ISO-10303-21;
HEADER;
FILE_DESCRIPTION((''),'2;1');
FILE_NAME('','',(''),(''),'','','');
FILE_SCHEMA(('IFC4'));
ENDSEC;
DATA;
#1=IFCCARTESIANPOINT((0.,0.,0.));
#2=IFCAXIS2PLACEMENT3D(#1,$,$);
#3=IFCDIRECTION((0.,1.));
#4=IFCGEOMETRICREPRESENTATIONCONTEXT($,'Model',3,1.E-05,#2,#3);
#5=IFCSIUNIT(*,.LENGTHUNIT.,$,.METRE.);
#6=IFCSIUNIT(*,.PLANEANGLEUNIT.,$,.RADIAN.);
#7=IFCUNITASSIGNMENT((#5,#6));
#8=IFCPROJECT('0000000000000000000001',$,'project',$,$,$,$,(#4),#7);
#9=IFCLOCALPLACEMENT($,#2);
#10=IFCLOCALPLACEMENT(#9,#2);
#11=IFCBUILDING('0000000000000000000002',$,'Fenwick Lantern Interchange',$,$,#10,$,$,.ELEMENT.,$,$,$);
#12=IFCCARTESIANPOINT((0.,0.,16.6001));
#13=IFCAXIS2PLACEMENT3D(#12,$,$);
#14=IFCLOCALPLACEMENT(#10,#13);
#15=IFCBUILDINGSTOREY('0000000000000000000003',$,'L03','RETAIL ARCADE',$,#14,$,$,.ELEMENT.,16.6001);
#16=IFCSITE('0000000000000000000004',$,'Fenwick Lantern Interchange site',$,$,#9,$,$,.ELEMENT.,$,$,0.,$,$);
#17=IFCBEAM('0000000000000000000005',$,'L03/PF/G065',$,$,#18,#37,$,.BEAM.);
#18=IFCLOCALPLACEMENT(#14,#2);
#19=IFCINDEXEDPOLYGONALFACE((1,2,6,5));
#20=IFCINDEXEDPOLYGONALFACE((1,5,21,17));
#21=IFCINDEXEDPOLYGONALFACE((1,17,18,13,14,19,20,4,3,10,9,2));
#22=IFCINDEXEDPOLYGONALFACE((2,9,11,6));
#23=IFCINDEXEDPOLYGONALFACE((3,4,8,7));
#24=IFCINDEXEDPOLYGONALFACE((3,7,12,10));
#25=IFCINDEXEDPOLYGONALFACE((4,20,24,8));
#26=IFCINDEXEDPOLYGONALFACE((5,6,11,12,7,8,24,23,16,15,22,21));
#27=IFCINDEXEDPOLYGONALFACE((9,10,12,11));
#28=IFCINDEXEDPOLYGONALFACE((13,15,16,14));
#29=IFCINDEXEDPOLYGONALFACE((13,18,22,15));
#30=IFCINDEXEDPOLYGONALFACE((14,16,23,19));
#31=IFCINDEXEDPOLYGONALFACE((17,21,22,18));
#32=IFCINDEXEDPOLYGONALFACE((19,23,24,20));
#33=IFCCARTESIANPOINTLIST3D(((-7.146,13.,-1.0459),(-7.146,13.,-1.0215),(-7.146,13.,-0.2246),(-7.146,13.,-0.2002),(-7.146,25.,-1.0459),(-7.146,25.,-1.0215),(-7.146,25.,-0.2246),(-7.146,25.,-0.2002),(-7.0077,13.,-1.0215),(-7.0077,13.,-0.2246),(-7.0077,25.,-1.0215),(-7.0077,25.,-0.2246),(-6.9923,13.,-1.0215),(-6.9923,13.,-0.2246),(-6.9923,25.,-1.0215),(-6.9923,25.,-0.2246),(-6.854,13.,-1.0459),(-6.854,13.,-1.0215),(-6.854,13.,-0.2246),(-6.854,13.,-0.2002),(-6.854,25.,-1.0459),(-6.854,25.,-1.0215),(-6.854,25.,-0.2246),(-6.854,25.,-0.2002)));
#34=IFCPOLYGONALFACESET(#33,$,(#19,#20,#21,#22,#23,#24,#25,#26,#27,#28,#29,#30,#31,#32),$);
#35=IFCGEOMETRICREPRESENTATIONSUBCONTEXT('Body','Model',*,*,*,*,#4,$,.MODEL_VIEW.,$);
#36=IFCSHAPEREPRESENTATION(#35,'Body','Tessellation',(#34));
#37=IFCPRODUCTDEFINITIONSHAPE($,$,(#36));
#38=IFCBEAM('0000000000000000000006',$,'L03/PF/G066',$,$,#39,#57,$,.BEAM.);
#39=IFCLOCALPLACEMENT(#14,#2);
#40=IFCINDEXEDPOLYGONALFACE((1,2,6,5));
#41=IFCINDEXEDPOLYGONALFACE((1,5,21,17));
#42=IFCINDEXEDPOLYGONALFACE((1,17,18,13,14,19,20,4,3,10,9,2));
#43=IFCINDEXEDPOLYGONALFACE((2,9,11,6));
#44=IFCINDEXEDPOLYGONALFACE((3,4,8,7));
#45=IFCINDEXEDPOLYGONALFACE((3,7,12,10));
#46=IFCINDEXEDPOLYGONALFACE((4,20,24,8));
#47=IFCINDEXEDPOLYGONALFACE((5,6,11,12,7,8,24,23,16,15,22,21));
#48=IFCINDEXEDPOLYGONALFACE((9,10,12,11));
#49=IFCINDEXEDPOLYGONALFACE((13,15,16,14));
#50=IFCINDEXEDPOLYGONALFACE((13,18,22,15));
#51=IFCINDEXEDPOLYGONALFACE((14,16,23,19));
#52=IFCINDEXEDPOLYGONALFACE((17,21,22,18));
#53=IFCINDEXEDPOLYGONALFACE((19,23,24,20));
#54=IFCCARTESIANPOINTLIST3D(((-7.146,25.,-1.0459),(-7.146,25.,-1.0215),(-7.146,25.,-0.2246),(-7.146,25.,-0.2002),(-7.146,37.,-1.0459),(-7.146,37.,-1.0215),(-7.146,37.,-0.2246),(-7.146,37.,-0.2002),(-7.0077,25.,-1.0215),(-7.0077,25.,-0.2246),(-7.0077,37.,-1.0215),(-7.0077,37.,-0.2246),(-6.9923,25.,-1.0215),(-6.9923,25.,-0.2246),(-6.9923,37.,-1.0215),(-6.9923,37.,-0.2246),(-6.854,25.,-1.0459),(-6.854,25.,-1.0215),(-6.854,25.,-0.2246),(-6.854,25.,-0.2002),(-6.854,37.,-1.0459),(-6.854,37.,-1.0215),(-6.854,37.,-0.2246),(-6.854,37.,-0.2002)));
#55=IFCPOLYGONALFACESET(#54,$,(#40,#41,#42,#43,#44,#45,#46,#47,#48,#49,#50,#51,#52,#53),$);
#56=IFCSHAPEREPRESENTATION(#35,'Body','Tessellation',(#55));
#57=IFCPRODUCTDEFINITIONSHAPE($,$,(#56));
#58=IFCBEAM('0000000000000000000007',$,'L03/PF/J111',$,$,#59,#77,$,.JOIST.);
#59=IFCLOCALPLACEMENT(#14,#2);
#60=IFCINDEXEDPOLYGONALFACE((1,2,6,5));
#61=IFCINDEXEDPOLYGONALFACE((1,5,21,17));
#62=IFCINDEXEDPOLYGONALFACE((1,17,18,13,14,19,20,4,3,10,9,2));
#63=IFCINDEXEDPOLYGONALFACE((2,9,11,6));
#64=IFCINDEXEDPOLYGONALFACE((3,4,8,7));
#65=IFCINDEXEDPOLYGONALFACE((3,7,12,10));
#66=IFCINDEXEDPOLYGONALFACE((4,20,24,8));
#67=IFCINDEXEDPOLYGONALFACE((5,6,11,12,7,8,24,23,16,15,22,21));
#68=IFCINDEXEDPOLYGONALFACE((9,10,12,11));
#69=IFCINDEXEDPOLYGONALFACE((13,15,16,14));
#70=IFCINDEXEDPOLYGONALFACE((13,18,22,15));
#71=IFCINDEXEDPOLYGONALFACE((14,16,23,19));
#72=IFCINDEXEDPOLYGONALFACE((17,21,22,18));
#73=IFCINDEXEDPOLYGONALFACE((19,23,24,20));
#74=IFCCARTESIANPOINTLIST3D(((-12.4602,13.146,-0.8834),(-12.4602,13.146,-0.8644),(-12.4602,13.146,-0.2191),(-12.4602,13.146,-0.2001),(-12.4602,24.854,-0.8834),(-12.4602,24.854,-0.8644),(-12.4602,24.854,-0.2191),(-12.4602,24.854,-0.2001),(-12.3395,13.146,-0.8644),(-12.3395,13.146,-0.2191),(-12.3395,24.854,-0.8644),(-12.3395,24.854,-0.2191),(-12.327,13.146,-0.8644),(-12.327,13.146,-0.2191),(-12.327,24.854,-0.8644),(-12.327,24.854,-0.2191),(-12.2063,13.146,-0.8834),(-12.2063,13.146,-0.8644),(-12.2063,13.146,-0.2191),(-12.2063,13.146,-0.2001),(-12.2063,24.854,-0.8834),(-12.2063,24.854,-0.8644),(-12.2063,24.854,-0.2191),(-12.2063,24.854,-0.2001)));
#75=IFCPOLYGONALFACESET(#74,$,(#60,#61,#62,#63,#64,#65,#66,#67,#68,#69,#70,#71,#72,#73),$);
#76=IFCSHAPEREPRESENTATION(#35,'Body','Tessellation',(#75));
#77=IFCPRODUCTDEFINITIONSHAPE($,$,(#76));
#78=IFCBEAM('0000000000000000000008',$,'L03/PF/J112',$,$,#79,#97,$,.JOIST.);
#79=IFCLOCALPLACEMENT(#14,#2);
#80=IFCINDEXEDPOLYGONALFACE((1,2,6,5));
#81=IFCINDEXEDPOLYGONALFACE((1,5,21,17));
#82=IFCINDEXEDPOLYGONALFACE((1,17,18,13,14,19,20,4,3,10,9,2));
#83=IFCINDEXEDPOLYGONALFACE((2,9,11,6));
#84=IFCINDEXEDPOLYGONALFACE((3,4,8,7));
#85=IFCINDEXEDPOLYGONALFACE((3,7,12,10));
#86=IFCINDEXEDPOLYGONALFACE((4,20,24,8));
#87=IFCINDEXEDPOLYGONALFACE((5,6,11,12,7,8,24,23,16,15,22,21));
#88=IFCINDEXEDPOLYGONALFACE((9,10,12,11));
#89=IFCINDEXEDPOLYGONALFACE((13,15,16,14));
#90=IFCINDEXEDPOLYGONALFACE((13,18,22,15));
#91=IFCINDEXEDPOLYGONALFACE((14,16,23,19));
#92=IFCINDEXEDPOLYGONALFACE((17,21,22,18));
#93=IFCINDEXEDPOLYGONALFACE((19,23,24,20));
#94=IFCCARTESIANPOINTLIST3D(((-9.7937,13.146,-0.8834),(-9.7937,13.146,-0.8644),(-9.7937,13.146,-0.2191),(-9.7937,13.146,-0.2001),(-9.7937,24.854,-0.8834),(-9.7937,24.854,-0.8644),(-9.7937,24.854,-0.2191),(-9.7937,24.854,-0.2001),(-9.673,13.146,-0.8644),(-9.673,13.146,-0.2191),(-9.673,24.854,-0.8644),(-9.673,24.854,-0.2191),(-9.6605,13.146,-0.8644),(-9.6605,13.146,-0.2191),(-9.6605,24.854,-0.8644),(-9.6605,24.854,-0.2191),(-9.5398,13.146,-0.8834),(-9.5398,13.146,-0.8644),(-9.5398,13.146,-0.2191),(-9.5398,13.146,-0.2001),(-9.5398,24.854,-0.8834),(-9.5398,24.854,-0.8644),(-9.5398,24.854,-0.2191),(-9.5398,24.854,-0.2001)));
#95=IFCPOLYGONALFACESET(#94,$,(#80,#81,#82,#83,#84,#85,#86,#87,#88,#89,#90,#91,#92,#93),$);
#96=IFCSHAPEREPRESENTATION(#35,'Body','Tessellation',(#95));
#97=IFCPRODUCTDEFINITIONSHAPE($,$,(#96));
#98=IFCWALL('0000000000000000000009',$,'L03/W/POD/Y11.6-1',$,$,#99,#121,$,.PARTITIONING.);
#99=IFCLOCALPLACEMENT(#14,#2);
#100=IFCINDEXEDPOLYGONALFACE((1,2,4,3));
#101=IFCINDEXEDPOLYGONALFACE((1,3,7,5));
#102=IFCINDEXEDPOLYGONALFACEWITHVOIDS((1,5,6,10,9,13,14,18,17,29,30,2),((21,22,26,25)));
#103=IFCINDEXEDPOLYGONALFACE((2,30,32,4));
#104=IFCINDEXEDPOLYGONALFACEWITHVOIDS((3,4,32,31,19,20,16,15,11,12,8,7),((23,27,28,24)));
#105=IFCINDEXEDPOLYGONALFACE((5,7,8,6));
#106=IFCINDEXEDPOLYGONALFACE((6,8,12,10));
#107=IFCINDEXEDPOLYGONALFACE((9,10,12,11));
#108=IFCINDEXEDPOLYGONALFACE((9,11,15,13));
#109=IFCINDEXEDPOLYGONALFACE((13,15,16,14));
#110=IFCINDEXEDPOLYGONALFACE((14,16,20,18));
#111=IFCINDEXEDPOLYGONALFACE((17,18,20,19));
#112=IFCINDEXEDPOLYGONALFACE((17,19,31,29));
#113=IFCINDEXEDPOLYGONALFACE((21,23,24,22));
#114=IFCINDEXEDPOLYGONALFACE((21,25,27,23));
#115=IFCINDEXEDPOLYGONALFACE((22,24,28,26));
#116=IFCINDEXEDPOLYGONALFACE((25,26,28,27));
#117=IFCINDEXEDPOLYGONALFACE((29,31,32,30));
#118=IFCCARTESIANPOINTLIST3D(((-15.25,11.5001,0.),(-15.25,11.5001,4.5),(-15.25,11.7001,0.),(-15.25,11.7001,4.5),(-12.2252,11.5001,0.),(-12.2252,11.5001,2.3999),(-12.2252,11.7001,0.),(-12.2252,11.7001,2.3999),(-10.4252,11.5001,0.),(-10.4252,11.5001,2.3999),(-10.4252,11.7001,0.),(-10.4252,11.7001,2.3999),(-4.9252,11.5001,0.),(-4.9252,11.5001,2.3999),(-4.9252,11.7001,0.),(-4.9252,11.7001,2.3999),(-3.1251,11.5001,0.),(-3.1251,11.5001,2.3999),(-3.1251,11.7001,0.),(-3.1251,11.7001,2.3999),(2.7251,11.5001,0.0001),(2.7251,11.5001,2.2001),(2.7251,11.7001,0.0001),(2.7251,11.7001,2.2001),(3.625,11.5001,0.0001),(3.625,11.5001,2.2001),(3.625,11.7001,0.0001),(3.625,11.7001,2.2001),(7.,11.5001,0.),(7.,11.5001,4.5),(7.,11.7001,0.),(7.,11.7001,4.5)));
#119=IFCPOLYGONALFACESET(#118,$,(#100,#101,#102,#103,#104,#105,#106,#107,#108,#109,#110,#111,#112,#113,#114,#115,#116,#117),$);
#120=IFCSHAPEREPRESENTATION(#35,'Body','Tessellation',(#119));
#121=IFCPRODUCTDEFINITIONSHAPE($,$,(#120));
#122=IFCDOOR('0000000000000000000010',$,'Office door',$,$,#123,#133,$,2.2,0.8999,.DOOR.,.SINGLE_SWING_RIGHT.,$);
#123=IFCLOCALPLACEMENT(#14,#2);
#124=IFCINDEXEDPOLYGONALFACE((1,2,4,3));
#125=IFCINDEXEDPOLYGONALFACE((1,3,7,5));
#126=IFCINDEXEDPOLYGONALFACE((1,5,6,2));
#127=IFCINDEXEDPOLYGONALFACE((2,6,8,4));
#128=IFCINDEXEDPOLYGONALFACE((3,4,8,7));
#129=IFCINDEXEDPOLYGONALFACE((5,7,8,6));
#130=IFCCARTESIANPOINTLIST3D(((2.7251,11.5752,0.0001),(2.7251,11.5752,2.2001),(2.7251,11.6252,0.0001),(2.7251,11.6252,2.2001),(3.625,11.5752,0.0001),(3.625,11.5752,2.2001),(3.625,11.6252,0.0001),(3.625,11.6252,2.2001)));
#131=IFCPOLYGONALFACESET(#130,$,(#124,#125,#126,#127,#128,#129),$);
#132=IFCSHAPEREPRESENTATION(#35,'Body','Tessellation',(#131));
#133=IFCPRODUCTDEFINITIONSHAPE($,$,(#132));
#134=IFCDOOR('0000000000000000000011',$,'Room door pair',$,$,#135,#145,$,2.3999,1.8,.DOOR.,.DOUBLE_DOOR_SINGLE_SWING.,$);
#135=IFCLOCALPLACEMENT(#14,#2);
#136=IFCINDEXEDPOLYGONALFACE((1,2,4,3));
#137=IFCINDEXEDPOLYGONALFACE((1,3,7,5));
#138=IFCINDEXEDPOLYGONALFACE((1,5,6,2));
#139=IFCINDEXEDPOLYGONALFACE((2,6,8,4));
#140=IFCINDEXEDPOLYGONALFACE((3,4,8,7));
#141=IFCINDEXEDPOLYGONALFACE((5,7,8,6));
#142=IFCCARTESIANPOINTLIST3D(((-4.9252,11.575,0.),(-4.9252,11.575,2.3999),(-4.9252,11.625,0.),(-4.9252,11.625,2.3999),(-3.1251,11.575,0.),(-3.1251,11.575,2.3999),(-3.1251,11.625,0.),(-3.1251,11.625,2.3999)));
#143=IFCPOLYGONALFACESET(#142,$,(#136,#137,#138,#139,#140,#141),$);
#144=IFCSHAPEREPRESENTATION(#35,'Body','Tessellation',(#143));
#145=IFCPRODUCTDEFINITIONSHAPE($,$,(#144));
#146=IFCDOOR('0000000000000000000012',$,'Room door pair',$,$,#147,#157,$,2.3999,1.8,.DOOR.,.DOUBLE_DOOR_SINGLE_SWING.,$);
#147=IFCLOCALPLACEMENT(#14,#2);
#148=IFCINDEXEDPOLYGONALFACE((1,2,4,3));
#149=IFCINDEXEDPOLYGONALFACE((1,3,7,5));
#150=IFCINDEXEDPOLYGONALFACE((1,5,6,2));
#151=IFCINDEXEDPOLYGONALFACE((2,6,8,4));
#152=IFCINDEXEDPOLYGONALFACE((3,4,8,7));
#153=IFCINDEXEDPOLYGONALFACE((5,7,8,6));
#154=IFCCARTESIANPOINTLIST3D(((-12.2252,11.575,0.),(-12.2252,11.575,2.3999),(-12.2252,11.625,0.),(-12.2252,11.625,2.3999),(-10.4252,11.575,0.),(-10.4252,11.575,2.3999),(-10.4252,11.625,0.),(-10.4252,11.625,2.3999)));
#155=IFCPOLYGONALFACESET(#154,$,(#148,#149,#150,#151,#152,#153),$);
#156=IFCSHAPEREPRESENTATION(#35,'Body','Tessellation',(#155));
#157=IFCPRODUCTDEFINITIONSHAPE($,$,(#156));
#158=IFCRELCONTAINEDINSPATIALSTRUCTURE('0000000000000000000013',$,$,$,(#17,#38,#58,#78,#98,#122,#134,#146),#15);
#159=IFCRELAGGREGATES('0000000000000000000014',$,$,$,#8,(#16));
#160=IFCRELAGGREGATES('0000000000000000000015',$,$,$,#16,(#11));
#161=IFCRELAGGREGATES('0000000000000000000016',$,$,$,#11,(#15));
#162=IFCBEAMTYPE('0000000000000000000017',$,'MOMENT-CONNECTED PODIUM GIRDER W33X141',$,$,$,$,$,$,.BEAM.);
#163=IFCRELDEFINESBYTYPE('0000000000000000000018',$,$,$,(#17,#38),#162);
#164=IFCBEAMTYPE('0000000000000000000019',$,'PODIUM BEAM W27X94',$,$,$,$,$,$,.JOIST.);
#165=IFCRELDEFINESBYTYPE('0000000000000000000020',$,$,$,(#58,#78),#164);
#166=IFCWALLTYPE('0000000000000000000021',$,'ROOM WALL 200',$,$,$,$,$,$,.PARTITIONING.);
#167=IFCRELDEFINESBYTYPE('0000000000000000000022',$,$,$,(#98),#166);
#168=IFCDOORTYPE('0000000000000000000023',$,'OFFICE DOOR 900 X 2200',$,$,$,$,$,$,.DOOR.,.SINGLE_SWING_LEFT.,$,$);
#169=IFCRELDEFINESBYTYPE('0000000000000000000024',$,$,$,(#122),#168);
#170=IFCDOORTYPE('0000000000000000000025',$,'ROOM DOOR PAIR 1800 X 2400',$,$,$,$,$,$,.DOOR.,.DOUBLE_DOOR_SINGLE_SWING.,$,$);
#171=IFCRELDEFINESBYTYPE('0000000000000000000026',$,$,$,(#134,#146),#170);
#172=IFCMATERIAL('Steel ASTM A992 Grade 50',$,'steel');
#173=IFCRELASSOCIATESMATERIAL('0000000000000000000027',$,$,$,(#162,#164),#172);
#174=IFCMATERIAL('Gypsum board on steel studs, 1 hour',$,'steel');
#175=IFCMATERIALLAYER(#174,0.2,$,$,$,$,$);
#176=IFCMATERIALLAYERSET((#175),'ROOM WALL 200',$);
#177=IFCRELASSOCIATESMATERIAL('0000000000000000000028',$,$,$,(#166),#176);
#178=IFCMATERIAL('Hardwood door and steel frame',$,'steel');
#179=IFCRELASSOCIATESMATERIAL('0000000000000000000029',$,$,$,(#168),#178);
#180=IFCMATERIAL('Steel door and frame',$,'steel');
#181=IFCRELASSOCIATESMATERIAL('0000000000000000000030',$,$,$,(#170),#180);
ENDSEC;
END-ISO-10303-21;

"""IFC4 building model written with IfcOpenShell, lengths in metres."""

from ifc_helpers import new_model, si_unit, direction, frame, frame_2d, origin, origin_2d, place, context, subcontext, project, spatial, rectangle, i_section, extrude, material, layer, layer_set, material_profile, profile_set, type_object, element, fill, save


model = new_model("IFC4")

# Units and contexts
model_context = context("Model", 3, precision=1e-05, world=origin(), true_north=direction((0.0, 1.0)))
body_context = subcontext(model_context, "Body", "Model", "MODEL_VIEW")
ifc_project = project(units=[si_unit("LENGTHUNIT", "METRE"), si_unit("PLANEANGLEUNIT", "RADIAN")], contexts=[model_context])

# Site, building, storey
site_placement = place(None, origin())
site = spatial("IfcSite", under=ifc_project, at=site_placement, Name="Fenwick Lantern Interchange site", CompositionType="ELEMENT", RefElevation=0.0)
building_placement = place(site_placement, origin())
building = spatial("IfcBuilding", under=site, at=building_placement, Name="Fenwick Lantern Interchange", CompositionType="ELEMENT")
storey_placement = place(building_placement, frame((0.0, 0.0, 16.6001)))
storey = spatial("IfcBuildingStorey", under=building, at=storey_placement, Name="L03", Description="RETAIL ARCADE", CompositionType="ELEMENT", Elevation=16.6001)

# Shared definitions
ifc_material_1 = material(Name="Steel ASTM A992 Grade 50", Category="steel")

# Beams
ifc_material_profile_1 = material_profile(ifc_material_1, i_section(OverallWidth=0.292, OverallDepth=0.8457, WebThickness=0.0154, FlangeThickness=0.0244, at=origin_2d()), Name="W33X141")
ifc_profile_set_1 = profile_set([ifc_material_profile_1], Name="Steel ASTM A992 Grade 50")
beam_type_1 = type_object("IfcBeamType", Name="MOMENT-CONNECTED PODIUM GIRDER W33X141", PredefinedType="BEAM", material=ifc_profile_set_1)
for number, where, z_axis, x_axis, name in (
    (1, (-7.0, 13.0, -0.623), (0.0, 1.0, 0.0), (-1.0, 0.0, 0.0), "L03/PF/G065"),
    (2, (-7.0, 25.0, -0.623), (0.0, 1.0, 0.0), (-1.0, 0.0, 0.0), "L03/PF/G066"),
):
    element("IfcBeam", number, at=place(storey_placement, frame(where, z_axis=z_axis, x_axis=x_axis)), inside=storey, type_object=beam_type_1, Name=name, PredefinedType="BEAM", context=body_context, shape_type="SweptSolid", body=[
        extrude(i_section(OverallWidth=0.292, OverallDepth=0.8457, WebThickness=0.0154, FlangeThickness=0.0244, at=origin_2d()), origin(), (0.0, 0.0, 1.0), 12.0),
    ])
ifc_material_profile_2 = material_profile(ifc_material_1, i_section(OverallWidth=0.2539, OverallDepth=0.6833, WebThickness=0.0125, FlangeThickness=0.019, at=origin_2d()), Name="W27X94")
ifc_profile_set_2 = profile_set([ifc_material_profile_2], Name="Steel ASTM A992 Grade 50")
beam_type_2 = type_object("IfcBeamType", Name="PODIUM BEAM W27X94", PredefinedType="JOIST", material=ifc_profile_set_2)
for number, where, z_axis, x_axis, name in (
    (3, (-12.3333, 13.146, -0.5417), (0.0, 1.0, 0.0), (-1.0, 0.0, 0.0), "L03/PF/J111"),
    (4, (-9.6667, 13.146, -0.5417), (0.0, 1.0, 0.0), (-1.0, 0.0, 0.0), "L03/PF/J112"),
):
    element("IfcBeam", number, at=place(storey_placement, frame(where, z_axis=z_axis, x_axis=x_axis)), inside=storey, type_object=beam_type_2, Name=name, PredefinedType="JOIST", context=body_context, shape_type="SweptSolid", body=[
        extrude(i_section(OverallWidth=0.2539, OverallDepth=0.6833, WebThickness=0.0125, FlangeThickness=0.019, at=origin_2d()), origin(), (0.0, 0.0, 1.0), 11.708),
    ])

# Wall, openings, doors
ifc_material_2 = material(Name="Gypsum board on steel studs, 1 hour", Category="steel")
ifc_layer_1 = layer(ifc_material_2, 0.2)
ifc_layer_set_1 = layer_set([ifc_layer_1], Name="ROOM WALL 200")
wall_type_1 = type_object("IfcWallType", Name="ROOM WALL 200", PredefinedType="PARTITIONING", material=ifc_layer_set_1)
wall_1_placement = place(storey_placement, frame((-15.25, 11.6001, 0.0), z_axis=(0.0, 0.0, 1.0), x_axis=(1.0, 0.0, 0.0)))
wall_1 = element("IfcWall", 5, at=wall_1_placement, inside=storey, type_object=wall_type_1, Name="L03/W/POD/Y11.6-1", PredefinedType="PARTITIONING", context=body_context, shape_type="SweptSolid", body=[
    extrude(rectangle(XDim=22.25, YDim=0.2, at=frame_2d((11.125, 0.0))), origin(), (0.0, 0.0, 1.0), 4.5),
])
opening_1_placement = place(wall_1_placement, frame((10.325, 0.0, 0.0)))
opening_1 = element("IfcOpeningElement", 6, at=opening_1_placement, cuts=wall_1, PredefinedType="OPENING", context=body_context, shape_type="SweptSolid", body=[
    extrude(rectangle(XDim=1.8, YDim=2.3999, at=frame_2d((0.8999, 1.2))), frame((0.0, 0.1099, 0.0), z_axis=(0.0, -1.0, 0.0), x_axis=(1.0, 0.0, 0.0)), (0.0, 0.0, 1.0), 0.22),
])
opening_2_placement = place(wall_1_placement, frame((3.0249, 0.0, 0.0)))
opening_2 = element("IfcOpeningElement", 7, at=opening_2_placement, cuts=wall_1, PredefinedType="OPENING", context=body_context, shape_type="SweptSolid", body=[
    extrude(rectangle(XDim=1.8, YDim=2.3999, at=frame_2d((0.8999, 1.2))), frame((0.0, 0.1099, 0.0), z_axis=(0.0, -1.0, 0.0), x_axis=(1.0, 0.0, 0.0)), (0.0, 0.0, 1.0), 0.22),
])
opening_3_placement = place(wall_1_placement, frame((17.9751, 0.0, 0.0)))
opening_3 = element("IfcOpeningElement", 8, at=opening_3_placement, cuts=wall_1, PredefinedType="OPENING", context=body_context, shape_type="SweptSolid", body=[
    extrude(rectangle(XDim=0.8999, YDim=2.2, at=frame_2d((0.45, 1.1001))), frame((0.0, 0.1099, 0.0), z_axis=(0.0, -1.0, 0.0), x_axis=(1.0, 0.0, 0.0)), (0.0, 0.0, 1.0), 0.22),
])
ifc_material_3 = material(Name="Hardwood door and steel frame", Category="steel")
door_type_1 = type_object("IfcDoorType", Name="OFFICE DOOR 900 X 2200", OperationType="SINGLE_SWING_LEFT", PredefinedType="DOOR", material=ifc_material_3)
door_1_placement = place(opening_3_placement, frame((0.8999, 0.0, 0.0), z_axis=(0.0, 0.0, 1.0), x_axis=(-1.0, 0.0, 0.0)))
door_1 = element("IfcDoor", 9, at=door_1_placement, inside=storey, type_object=door_type_1, Name="Office door", OperationType="SINGLE_SWING_RIGHT", OverallHeight=2.2, OverallWidth=0.8999, PredefinedType="DOOR", context=body_context, shape_type="SweptSolid", body=[
    extrude(rectangle(XDim=0.8999, YDim=2.2, at=frame_2d((0.45, 1.1001))), frame((0.0, 0.0249, 0.0), z_axis=(0.0, -1.0, 0.0), x_axis=(1.0, 0.0, 0.0)), (0.0, 0.0, 1.0), 0.05),
])
fill(opening_3, door_1)
ifc_material_4 = material(Name="Steel door and frame", Category="steel")
door_type_2 = type_object("IfcDoorType", Name="ROOM DOOR PAIR 1800 X 2400", OperationType="DOUBLE_DOOR_SINGLE_SWING", PredefinedType="DOOR", material=ifc_material_4)
door_2_placement = place(opening_1_placement, origin())
door_2 = element("IfcDoor", 10, at=door_2_placement, inside=storey, type_object=door_type_2, Name="Room door pair", OperationType="DOUBLE_DOOR_SINGLE_SWING", OverallHeight=2.3999, OverallWidth=1.8, PredefinedType="DOOR", context=body_context, shape_type="SweptSolid", body=[
    extrude(rectangle(XDim=1.8, YDim=2.3999, at=frame_2d((0.8999, 1.2))), frame((0.0, 0.0249, 0.0), z_axis=(0.0, -1.0, 0.0), x_axis=(1.0, 0.0, 0.0)), (0.0, 0.0, 1.0), 0.05),
])
fill(opening_1, door_2)
door_3_placement = place(opening_2_placement, origin())
door_3 = element("IfcDoor", 11, at=door_3_placement, inside=storey, type_object=door_type_2, Name="Room door pair", OperationType="DOUBLE_DOOR_SINGLE_SWING", OverallHeight=2.3999, OverallWidth=1.8, PredefinedType="DOOR", context=body_context, shape_type="SweptSolid", body=[
    extrude(rectangle(XDim=1.8, YDim=2.3999, at=frame_2d((0.8999, 1.2))), frame((0.0, 0.0249, 0.0), z_axis=(0.0, -1.0, 0.0), x_axis=(1.0, 0.0, 0.0)), (0.0, 0.0, 1.0), 0.05),
])
fill(opening_2, door_3)

save(model, "model.ifc")
